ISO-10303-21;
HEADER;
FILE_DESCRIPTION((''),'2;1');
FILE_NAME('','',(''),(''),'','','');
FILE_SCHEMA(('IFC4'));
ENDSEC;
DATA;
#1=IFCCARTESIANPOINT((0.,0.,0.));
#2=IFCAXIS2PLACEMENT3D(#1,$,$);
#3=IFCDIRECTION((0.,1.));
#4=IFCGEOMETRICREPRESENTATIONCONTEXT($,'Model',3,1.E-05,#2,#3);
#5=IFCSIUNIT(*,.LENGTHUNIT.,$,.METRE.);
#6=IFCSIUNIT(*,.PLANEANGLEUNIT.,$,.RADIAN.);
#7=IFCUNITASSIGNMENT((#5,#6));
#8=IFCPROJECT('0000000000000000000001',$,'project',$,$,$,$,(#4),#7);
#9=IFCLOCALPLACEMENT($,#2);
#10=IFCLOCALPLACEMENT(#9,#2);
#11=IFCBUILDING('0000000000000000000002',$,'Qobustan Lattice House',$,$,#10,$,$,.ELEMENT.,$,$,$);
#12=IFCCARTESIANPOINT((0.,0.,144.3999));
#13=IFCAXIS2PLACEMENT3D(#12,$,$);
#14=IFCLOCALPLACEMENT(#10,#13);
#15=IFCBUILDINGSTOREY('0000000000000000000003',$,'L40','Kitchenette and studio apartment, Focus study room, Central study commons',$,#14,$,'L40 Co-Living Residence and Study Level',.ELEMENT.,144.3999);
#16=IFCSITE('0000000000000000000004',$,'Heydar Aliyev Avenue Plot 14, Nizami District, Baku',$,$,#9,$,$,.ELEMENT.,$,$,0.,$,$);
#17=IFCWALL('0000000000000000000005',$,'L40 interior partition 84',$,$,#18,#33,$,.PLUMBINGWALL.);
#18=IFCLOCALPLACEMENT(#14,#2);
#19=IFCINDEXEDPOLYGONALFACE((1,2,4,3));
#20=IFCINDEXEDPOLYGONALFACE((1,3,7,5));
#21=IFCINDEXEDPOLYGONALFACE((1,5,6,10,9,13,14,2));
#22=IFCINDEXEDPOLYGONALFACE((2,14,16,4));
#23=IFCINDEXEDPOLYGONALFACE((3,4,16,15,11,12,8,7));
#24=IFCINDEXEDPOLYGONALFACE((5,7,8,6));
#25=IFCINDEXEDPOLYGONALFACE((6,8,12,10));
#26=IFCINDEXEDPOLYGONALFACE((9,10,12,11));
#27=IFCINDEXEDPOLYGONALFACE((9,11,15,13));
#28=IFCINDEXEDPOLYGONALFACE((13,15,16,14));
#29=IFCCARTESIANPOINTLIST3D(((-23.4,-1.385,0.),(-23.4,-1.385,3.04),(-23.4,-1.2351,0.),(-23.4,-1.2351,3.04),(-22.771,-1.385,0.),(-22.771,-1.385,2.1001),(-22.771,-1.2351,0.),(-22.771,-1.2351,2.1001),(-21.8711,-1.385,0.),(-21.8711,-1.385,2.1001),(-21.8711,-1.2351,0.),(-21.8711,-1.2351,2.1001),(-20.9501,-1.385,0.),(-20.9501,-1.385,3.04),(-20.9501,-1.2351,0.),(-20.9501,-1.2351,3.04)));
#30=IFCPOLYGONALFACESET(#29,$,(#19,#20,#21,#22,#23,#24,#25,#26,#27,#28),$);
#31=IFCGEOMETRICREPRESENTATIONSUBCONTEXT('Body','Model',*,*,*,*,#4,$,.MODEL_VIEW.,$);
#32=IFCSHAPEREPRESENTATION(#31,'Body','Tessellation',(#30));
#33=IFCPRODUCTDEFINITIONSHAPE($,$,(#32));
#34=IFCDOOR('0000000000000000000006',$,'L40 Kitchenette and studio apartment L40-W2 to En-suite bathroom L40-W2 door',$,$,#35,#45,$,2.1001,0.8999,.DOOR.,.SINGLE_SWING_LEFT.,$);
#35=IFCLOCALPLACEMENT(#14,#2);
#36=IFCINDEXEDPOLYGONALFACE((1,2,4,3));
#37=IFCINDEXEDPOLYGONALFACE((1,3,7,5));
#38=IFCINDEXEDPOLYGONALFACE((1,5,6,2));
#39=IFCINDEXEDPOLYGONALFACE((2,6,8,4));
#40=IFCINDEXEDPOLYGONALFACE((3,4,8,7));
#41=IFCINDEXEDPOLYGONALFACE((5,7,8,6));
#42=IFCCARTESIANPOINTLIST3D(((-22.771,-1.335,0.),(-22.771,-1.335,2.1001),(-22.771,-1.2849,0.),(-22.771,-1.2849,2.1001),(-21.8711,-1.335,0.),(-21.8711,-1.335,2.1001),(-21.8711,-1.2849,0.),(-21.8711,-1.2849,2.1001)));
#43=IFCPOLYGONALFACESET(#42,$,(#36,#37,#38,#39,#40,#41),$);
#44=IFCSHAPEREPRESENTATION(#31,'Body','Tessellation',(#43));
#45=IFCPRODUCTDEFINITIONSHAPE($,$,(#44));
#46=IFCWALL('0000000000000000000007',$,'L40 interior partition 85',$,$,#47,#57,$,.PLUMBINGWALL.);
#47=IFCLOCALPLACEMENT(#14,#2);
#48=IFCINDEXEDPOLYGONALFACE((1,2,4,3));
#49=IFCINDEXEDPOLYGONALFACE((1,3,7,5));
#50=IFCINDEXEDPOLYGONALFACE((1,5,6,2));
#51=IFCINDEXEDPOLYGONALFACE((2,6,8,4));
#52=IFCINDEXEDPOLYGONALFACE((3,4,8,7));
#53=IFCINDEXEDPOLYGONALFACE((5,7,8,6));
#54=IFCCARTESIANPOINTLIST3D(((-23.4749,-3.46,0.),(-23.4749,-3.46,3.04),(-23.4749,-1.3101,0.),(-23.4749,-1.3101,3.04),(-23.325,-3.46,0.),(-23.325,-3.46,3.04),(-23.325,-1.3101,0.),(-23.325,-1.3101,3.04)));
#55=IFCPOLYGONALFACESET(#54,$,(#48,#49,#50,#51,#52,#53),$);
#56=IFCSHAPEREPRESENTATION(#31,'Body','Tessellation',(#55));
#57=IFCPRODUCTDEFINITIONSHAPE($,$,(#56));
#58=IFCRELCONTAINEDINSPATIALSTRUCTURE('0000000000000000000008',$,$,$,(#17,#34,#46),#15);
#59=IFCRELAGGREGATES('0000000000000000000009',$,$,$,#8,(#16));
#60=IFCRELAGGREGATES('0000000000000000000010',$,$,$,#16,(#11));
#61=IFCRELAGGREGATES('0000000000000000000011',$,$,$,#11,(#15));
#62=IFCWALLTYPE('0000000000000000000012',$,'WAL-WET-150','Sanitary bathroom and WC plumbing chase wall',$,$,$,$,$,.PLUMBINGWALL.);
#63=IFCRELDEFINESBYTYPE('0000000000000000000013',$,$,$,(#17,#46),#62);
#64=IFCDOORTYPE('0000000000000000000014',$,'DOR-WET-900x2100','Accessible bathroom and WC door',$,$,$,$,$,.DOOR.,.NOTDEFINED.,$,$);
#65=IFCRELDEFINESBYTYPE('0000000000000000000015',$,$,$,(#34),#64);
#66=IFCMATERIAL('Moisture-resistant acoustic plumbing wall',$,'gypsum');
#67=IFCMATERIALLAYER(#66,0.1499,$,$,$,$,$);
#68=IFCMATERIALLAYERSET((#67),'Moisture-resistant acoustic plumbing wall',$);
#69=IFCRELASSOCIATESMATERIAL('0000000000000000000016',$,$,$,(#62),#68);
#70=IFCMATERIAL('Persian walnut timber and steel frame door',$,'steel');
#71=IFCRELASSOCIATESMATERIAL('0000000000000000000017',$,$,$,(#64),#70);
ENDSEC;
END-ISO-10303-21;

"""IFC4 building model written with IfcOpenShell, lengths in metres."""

from ifc_helpers import new_model, si_unit, direction, frame, frame_2d, origin, place, context, subcontext, project, spatial, rectangle, extrude, material, layer, layer_set, type_object, element, fill, save


model = new_model("IFC4")

# Units and contexts
model_context = context("Model", 3, precision=1e-05, world=origin(), true_north=direction((0.0, 1.0)))
body_context = subcontext(model_context, "Body", "Model", "MODEL_VIEW")
ifc_project = project(units=[si_unit("LENGTHUNIT", "METRE"), si_unit("PLANEANGLEUNIT", "RADIAN")], contexts=[model_context])

# Site, building, storey
site_placement = place(None, origin())
site = spatial("IfcSite", under=ifc_project, at=site_placement, Name="Heydar Aliyev Avenue Plot 14, Nizami District, Baku", CompositionType="ELEMENT", RefElevation=0.0)
building_placement = place(site_placement, origin())
building = spatial("IfcBuilding", under=site, at=building_placement, Name="Qobustan Lattice House", CompositionType="ELEMENT")
storey_placement = place(building_placement, frame((0.0, 0.0, 144.3999)))
storey = spatial("IfcBuildingStorey", under=building, at=storey_placement, Name="L40", Description="Kitchenette and studio apartment, Focus study room, Central study commons", LongName="L40 Co-Living Residence and Study Level", CompositionType="ELEMENT", Elevation=144.3999)

# Shared definitions
ifc_material_1 = material(Name="Moisture-resistant acoustic plumbing wall", Category="gypsum")
ifc_layer_1 = layer(ifc_material_1, 0.1499)
ifc_layer_set_1 = layer_set([ifc_layer_1], Name="Moisture-resistant acoustic plumbing wall")
wall_type_1 = type_object("IfcWallType", Name="WAL-WET-150", Description="Sanitary bathroom and WC plumbing chase wall", PredefinedType="PLUMBINGWALL", material=ifc_layer_set_1)

# Wall, opening, door
wall_1_placement = place(storey_placement, frame((-20.95, -1.3101, 0.0), z_axis=(0.0, 0.0, 1.0), x_axis=(-1.0, 0.0, 0.0)))
wall_1 = element("IfcWall", 1, at=wall_1_placement, inside=storey, type_object=wall_type_1, Name="L40 interior partition 84", PredefinedType="PLUMBINGWALL", context=body_context, shape_type="SweptSolid", body=[
    extrude(rectangle(XDim=2.45, YDim=0.1499, at=frame_2d((1.2251, 0.0))), origin(), (0.0, 0.0, 1.0), 3.04),
])
opening_1_placement = place(wall_1_placement, frame((0.9211, 0.0, 0.0)))
opening_1 = element("IfcOpeningElement", 2, at=opening_1_placement, cuts=wall_1, PredefinedType="OPENING", context=body_context, shape_type="SweptSolid", body=[
    extrude(rectangle(XDim=0.8999, YDim=2.1001, at=frame_2d((0.45, 1.05))), frame((0.0, 0.085, 0.0), z_axis=(0.0, -1.0, 0.0), x_axis=(1.0, 0.0, 0.0)), (0.0, 0.0, 1.0), 0.1699),
])
ifc_material_2 = material(Name="Persian walnut timber and steel frame door", Category="steel")
door_type_1 = type_object("IfcDoorType", Name="DOR-WET-900x2100", Description="Accessible bathroom and WC door", OperationType="NOTDEFINED", PredefinedType="DOOR", material=ifc_material_2)
door_1_placement = place(opening_1_placement, origin())
door_1 = element("IfcDoor", 3, at=door_1_placement, inside=storey, type_object=door_type_1, Name="L40 Kitchenette and studio apartment L40-W2 to En-suite bathroom L40-W2 door", OperationType="SINGLE_SWING_LEFT", OverallHeight=2.1001, OverallWidth=0.8999, PredefinedType="DOOR", context=body_context, shape_type="SweptSolid", body=[
    extrude(rectangle(XDim=0.8999, YDim=2.1001, at=frame_2d((0.45, 1.05))), frame((0.0, 0.0249, 0.0), z_axis=(0.0, -1.0, 0.0), x_axis=(1.0, 0.0, 0.0)), (0.0, 0.0, 1.0), 0.05),
])
fill(opening_1, door_1)

# Wall
wall_2_placement = place(storey_placement, frame((-23.3999, -1.3101, 0.0), z_axis=(0.0, 0.0, 1.0), x_axis=(0.0, -1.0, 0.0)))
element("IfcWall", 4, at=wall_2_placement, inside=storey, type_object=wall_type_1, Name="L40 interior partition 85", PredefinedType="PLUMBINGWALL", context=body_context, shape_type="SweptSolid", body=[
    extrude(rectangle(XDim=2.1499, YDim=0.1499, at=frame_2d((1.075, 0.0))), origin(), (0.0, 0.0, 1.0), 3.04),
])

save(model, "model.ifc")
